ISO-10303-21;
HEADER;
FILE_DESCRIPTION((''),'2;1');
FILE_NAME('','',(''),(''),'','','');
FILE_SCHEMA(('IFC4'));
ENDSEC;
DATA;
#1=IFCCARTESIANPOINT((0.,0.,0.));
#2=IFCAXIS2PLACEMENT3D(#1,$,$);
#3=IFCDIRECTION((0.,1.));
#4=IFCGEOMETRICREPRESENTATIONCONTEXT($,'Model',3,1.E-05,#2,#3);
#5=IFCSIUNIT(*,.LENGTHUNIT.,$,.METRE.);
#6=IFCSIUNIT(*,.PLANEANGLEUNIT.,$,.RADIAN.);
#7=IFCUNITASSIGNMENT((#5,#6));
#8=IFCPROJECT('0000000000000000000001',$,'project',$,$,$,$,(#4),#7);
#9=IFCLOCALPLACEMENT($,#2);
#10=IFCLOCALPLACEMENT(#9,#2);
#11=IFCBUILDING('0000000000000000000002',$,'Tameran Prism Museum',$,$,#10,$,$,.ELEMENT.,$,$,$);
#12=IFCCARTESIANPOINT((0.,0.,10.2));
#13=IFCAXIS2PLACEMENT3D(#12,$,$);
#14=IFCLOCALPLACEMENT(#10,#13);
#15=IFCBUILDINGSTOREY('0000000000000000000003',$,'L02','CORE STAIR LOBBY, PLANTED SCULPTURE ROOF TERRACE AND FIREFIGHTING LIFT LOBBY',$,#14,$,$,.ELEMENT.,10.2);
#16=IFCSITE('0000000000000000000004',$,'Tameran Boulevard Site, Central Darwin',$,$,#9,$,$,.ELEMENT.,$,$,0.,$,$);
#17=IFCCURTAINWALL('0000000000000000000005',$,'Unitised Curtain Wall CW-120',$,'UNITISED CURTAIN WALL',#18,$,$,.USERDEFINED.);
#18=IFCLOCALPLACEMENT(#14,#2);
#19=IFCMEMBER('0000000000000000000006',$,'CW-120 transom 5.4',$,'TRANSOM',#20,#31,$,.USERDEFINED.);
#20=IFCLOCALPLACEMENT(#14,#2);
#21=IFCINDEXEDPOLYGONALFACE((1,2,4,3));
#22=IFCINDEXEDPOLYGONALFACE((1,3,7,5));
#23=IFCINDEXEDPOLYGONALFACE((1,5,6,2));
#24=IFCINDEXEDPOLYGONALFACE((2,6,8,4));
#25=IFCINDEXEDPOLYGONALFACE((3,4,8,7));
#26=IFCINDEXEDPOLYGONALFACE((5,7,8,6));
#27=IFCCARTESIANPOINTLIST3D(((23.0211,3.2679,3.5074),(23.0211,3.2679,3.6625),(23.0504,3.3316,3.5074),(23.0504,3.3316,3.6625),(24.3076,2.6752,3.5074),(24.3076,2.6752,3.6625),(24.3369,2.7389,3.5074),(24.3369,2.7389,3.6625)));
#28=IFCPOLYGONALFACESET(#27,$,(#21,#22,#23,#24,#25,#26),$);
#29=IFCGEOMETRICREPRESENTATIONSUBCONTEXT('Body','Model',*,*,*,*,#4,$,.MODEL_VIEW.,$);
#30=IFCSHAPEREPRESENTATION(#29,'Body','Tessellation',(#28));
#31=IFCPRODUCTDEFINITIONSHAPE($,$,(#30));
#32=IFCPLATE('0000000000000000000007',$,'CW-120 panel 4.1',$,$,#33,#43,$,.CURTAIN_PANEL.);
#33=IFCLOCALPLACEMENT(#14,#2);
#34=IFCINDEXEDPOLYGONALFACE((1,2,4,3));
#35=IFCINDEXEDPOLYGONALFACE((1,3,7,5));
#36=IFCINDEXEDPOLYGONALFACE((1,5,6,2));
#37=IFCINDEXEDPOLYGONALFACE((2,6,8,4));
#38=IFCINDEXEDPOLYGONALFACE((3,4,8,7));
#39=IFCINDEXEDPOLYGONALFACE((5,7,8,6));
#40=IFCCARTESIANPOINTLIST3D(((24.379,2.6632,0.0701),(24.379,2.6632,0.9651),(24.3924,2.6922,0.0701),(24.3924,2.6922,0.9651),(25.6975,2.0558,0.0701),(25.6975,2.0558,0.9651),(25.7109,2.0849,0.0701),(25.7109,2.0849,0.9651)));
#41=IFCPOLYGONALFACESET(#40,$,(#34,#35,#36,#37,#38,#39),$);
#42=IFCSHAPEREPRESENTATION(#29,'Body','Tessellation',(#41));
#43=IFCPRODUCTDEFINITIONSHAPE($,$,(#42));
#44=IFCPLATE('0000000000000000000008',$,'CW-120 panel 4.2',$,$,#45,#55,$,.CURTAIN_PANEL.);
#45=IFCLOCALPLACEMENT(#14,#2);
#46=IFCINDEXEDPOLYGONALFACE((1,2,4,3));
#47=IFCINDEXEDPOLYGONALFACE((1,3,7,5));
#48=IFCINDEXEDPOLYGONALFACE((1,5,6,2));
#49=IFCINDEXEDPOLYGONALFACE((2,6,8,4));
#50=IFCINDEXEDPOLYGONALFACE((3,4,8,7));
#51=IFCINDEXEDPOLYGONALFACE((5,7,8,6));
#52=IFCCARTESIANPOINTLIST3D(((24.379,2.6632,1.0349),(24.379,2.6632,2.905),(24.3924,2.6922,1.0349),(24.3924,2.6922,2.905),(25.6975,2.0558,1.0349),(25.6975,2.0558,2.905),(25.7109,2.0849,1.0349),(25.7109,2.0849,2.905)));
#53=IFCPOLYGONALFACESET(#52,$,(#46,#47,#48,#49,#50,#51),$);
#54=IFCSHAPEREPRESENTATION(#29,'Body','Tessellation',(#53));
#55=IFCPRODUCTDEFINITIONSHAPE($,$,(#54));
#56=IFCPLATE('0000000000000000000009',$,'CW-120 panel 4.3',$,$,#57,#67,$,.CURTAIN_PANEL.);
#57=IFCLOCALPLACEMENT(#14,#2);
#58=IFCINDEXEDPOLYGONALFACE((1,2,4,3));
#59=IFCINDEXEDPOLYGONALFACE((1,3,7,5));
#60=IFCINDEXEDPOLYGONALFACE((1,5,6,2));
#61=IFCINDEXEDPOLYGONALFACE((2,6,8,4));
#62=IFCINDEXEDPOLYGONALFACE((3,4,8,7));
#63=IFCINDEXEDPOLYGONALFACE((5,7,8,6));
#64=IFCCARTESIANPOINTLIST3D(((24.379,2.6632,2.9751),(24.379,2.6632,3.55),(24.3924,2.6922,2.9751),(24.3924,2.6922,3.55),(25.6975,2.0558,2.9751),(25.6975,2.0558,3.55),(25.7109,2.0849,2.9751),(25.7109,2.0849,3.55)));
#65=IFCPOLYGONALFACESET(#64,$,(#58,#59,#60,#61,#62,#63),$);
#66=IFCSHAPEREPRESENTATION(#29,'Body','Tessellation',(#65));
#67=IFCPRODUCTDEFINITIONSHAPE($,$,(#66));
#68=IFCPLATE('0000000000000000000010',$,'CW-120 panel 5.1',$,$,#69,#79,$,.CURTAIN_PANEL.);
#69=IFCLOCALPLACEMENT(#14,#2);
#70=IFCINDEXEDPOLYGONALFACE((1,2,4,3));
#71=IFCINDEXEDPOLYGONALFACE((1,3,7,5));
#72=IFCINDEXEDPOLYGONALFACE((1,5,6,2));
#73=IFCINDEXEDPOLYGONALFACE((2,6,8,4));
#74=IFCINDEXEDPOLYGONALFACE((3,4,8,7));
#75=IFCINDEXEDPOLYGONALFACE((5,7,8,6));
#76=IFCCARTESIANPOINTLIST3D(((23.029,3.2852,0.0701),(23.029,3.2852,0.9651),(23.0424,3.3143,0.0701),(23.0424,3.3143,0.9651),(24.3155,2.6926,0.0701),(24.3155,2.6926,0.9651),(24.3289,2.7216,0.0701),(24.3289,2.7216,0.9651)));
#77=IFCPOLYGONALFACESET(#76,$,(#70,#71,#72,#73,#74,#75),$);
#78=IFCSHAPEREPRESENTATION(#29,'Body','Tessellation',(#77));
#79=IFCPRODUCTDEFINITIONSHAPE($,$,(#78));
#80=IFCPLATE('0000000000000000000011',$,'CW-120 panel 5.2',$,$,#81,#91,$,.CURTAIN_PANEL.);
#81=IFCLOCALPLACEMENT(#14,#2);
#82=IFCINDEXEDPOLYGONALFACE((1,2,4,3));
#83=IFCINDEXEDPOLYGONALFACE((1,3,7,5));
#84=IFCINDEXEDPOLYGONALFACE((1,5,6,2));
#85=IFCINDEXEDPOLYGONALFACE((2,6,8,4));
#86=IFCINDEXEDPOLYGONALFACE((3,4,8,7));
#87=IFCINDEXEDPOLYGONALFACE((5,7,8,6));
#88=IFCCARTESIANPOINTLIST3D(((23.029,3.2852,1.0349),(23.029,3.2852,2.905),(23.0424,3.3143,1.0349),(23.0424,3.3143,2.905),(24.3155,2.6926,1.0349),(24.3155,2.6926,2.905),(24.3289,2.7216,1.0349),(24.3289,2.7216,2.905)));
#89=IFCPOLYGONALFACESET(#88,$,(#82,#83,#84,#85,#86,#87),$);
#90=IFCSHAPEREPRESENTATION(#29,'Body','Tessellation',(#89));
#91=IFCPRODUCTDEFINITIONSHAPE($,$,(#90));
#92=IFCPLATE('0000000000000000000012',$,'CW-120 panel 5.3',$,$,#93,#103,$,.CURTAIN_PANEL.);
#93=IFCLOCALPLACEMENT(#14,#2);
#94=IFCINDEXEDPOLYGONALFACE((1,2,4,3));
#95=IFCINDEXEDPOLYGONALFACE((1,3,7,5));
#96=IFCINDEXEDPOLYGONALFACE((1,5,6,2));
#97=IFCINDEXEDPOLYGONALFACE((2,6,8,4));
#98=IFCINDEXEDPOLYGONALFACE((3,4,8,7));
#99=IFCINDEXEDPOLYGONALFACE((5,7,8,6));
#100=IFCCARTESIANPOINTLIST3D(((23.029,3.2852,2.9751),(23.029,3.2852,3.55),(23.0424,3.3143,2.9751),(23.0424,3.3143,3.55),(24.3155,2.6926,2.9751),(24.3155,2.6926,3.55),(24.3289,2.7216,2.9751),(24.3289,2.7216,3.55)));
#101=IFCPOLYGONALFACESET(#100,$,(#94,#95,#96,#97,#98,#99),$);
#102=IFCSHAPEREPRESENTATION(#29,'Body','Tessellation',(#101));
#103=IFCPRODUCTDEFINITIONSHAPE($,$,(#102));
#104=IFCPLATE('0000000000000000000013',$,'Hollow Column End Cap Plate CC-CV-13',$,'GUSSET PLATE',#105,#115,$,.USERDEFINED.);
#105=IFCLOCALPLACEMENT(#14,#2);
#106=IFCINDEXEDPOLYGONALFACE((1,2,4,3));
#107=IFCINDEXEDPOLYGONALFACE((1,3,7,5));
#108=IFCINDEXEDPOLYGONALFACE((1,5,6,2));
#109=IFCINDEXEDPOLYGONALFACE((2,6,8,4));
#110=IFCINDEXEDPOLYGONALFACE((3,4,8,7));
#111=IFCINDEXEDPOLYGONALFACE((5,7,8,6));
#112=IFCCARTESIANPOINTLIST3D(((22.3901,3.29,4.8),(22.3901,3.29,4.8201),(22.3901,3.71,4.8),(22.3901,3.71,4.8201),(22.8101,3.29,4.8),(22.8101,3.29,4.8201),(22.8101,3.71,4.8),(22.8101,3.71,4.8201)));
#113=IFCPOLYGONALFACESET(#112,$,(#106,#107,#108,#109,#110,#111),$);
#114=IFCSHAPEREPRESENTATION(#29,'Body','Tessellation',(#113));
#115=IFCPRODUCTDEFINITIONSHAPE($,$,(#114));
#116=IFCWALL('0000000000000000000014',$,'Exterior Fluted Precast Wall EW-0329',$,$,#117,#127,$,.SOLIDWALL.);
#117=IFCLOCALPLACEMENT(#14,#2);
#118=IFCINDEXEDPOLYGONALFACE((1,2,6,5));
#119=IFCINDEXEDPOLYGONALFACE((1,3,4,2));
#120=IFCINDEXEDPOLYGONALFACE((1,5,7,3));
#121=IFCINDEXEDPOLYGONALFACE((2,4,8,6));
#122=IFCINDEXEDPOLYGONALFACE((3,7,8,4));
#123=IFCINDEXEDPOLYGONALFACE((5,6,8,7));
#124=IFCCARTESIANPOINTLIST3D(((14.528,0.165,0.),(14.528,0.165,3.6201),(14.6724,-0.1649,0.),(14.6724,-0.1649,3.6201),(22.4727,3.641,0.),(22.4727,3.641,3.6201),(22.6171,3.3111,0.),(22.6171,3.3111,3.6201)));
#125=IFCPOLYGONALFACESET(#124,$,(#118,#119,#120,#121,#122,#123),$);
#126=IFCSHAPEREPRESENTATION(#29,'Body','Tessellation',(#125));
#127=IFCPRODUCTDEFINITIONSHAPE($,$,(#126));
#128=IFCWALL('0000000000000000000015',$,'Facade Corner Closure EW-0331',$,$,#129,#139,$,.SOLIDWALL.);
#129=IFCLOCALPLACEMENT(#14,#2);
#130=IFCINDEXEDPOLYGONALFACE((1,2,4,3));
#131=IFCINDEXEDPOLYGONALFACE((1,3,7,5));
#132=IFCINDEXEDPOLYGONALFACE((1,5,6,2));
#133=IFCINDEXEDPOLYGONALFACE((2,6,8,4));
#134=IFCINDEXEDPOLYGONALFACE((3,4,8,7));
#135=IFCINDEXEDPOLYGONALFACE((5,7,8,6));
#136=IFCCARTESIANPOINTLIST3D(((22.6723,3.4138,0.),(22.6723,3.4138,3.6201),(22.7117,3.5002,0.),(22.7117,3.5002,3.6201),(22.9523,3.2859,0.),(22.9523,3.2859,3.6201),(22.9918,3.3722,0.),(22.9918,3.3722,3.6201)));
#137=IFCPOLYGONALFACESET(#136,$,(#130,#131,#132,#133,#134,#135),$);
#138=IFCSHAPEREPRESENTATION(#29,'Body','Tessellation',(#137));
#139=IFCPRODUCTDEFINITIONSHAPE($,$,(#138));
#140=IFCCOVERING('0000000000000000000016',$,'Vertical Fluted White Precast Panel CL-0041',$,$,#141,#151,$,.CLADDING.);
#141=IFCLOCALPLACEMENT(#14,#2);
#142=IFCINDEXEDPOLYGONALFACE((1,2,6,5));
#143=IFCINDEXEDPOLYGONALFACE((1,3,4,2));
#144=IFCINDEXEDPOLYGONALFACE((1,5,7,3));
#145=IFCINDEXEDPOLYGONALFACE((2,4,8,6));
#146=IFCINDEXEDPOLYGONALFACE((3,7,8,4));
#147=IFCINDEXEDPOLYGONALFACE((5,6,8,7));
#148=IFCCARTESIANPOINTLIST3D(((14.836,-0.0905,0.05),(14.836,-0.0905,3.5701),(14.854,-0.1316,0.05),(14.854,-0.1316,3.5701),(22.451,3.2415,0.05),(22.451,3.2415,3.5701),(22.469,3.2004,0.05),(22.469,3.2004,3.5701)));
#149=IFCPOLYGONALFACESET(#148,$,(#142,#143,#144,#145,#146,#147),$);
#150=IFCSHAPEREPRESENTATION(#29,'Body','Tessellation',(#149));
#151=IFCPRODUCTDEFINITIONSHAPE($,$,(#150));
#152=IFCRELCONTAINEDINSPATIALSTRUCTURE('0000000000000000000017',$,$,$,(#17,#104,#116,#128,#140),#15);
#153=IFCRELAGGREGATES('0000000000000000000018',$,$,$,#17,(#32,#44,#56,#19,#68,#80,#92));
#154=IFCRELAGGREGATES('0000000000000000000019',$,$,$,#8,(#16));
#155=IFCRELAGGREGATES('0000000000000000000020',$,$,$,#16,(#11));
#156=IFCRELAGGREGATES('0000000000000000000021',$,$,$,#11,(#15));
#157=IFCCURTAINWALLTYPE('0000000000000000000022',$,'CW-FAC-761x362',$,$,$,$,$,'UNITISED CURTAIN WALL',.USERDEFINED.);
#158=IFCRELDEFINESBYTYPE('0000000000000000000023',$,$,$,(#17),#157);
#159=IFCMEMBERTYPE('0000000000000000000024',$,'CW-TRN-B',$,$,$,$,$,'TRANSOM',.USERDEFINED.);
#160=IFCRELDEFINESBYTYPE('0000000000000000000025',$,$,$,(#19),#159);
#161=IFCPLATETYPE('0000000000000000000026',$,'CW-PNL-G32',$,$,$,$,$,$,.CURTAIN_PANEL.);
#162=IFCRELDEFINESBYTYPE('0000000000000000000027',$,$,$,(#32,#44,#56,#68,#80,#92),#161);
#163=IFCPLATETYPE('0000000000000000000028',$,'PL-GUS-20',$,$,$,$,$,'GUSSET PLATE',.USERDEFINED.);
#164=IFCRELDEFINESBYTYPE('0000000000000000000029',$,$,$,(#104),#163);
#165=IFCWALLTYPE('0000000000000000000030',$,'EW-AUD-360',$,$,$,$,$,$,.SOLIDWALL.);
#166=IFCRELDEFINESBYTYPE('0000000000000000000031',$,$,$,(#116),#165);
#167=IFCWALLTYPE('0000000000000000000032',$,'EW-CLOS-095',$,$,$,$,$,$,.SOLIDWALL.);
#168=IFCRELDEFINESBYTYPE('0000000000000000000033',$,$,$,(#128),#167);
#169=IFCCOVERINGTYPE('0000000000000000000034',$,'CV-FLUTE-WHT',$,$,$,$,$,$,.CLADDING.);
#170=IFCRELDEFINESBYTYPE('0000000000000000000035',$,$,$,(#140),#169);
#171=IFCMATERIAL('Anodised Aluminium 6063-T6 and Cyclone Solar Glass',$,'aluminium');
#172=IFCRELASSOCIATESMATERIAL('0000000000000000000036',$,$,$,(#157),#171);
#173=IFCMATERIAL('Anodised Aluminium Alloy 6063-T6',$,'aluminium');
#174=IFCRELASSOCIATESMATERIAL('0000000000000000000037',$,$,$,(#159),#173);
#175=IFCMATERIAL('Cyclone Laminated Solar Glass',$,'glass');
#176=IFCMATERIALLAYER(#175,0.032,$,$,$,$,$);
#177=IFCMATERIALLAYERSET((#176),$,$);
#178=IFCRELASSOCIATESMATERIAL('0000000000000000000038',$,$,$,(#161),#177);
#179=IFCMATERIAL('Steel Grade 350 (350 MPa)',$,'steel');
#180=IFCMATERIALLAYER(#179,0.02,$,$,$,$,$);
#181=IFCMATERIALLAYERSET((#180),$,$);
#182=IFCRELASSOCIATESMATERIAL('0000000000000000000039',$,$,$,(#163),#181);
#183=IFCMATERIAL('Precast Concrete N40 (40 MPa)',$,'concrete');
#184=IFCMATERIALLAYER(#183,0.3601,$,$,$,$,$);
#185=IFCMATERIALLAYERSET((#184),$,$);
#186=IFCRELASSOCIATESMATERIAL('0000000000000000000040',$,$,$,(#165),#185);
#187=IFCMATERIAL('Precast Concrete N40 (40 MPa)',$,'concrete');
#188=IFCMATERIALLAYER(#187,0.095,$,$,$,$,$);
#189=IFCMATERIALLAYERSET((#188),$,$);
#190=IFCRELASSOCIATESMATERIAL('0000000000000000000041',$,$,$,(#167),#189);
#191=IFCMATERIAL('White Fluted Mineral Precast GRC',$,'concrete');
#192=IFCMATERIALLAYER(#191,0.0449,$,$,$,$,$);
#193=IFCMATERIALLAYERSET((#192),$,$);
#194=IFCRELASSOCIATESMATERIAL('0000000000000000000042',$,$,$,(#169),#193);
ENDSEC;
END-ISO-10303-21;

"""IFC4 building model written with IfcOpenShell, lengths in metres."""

from ifc_helpers import new_model, si_unit, direction, frame, frame_2d, origin, origin_2d, place, context, subcontext, project, spatial, rectangle, extrude, material, layer, layer_set, material_profile, profile_set, type_object, element, aggregate, save


model = new_model("IFC4")

# Units and contexts
model_context = context("Model", 3, precision=1e-05, world=origin(), true_north=direction((0.0, 1.0)))
body_context = subcontext(model_context, "Body", "Model", "MODEL_VIEW")
ifc_project = project(units=[si_unit("LENGTHUNIT", "METRE"), si_unit("PLANEANGLEUNIT", "RADIAN")], contexts=[model_context])

# Site, building, storey
site_placement = place(None, origin())
site = spatial("IfcSite", under=ifc_project, at=site_placement, Name="Tameran Boulevard Site, Central Darwin", CompositionType="ELEMENT", RefElevation=0.0)
building_placement = place(site_placement, origin())
building = spatial("IfcBuilding", under=site, at=building_placement, Name="Tameran Prism Museum", CompositionType="ELEMENT")
storey_placement = place(building_placement, frame((0.0, 0.0, 10.2)))
storey = spatial("IfcBuildingStorey", under=building, at=storey_placement, Name="L02", Description="CORE STAIR LOBBY, PLANTED SCULPTURE ROOF TERRACE AND FIREFIGHTING LIFT LOBBY", CompositionType="ELEMENT", Elevation=10.2)

# Curtain wall, member, plates
ifc_material_1 = material(Name="Anodised Aluminium 6063-T6 and Cyclone Solar Glass", Category="aluminium")
curtain_wall_type = type_object("IfcCurtainWallType", Name="CW-FAC-761x362", ElementType="UNITISED CURTAIN WALL", PredefinedType="USERDEFINED", material=ifc_material_1)
curtain_wall_placement = place(storey_placement, origin())
curtain_wall = element("IfcCurtainWall", 1, at=curtain_wall_placement, inside=storey, type_object=curtain_wall_type, Name="Unitised Curtain Wall CW-120", ObjectType="UNITISED CURTAIN WALL", PredefinedType="USERDEFINED")
ifc_material_2 = material(Name="Anodised Aluminium Alloy 6063-T6", Category="aluminium")
ifc_material_profile_1 = material_profile(ifc_material_2, rectangle(XDim=0.0701, YDim=0.155, at=origin_2d()))
ifc_profile_set_1 = profile_set([ifc_material_profile_1])
member_type_1 = type_object("IfcMemberType", Name="CW-TRN-B", ElementType="TRANSOM", PredefinedType="USERDEFINED", material=ifc_profile_set_1)
member_1_placement = place(storey_placement, frame((24.3223, 2.707, 3.585), z_axis=(-0.908242, 0.418446, 0.0), x_axis=(-0.418446, -0.908242, 0.0)))
member_1 = element("IfcMember", 2, at=member_1_placement, type_object=member_type_1, Name="CW-120 transom 5.4", ObjectType="TRANSOM", PredefinedType="USERDEFINED", context=body_context, shape_type="SweptSolid", body=[
    extrude(rectangle(XDim=0.0701, YDim=0.155, at=origin_2d()), origin(), (0.0, 0.0, 1.0), 1.4165),
])
ifc_material_3 = material(Name="Cyclone Laminated Solar Glass", Category="glass")
ifc_layer_1 = layer(ifc_material_3, 0.032)
ifc_layer_set_1 = layer_set([ifc_layer_1])
plate_type_1 = type_object("IfcPlateType", Name="CW-PNL-G32", PredefinedType="CURTAIN_PANEL", material=ifc_layer_set_1)
plate_1_placement = place(storey_placement, frame((25.0449, 2.374, 0.0701), z_axis=(0.0, 0.0, 1.0), x_axis=(-0.908271, 0.418383, 0.0)))
plate_1 = element("IfcPlate", 3, at=plate_1_placement, type_object=plate_type_1, Name="CW-120 panel 4.1", PredefinedType="CURTAIN_PANEL", context=body_context, shape_type="SweptSolid", body=[
    extrude(rectangle(XDim=1.4517, YDim=0.032, at=origin_2d()), origin(), (0.0, 0.0, 1.0), 0.895),
])
plate_2_placement = place(storey_placement, frame((25.0449, 2.374, 1.0349), z_axis=(0.0, 0.0, 1.0), x_axis=(-0.908271, 0.418383, 0.0)))
plate_2 = element("IfcPlate", 4, at=plate_2_placement, type_object=plate_type_1, Name="CW-120 panel 4.2", PredefinedType="CURTAIN_PANEL", context=body_context, shape_type="SweptSolid", body=[
    extrude(rectangle(XDim=1.4517, YDim=0.032, at=origin_2d()), origin(), (0.0, 0.0, 1.0), 1.8701),
])
plate_3_placement = place(storey_placement, frame((25.0449, 2.374, 2.9751), z_axis=(0.0, 0.0, 1.0), x_axis=(-0.908271, 0.418383, 0.0)))
plate_3 = element("IfcPlate", 5, at=plate_3_placement, type_object=plate_type_1, Name="CW-120 panel 4.3", PredefinedType="CURTAIN_PANEL", context=body_context, shape_type="SweptSolid", body=[
    extrude(rectangle(XDim=1.4517, YDim=0.032, at=origin_2d()), origin(), (0.0, 0.0, 1.0), 0.575),
])
plate_4_placement = place(storey_placement, frame((23.679, 3.0034, 0.0701), z_axis=(0.0, 0.0, 1.0), x_axis=(-0.908271, 0.418383, 0.0)))
plate_4 = element("IfcPlate", 6, at=plate_4_placement, type_object=plate_type_1, Name="CW-120 panel 5.1", PredefinedType="CURTAIN_PANEL", context=body_context, shape_type="SweptSolid", body=[
    extrude(rectangle(XDim=1.4165, YDim=0.032, at=origin_2d()), origin(), (0.0, 0.0, 1.0), 0.895),
])
plate_5_placement = place(storey_placement, frame((23.679, 3.0034, 1.0349), z_axis=(0.0, 0.0, 1.0), x_axis=(-0.908271, 0.418383, 0.0)))
plate_5 = element("IfcPlate", 7, at=plate_5_placement, type_object=plate_type_1, Name="CW-120 panel 5.2", PredefinedType="CURTAIN_PANEL", context=body_context, shape_type="SweptSolid", body=[
    extrude(rectangle(XDim=1.4165, YDim=0.032, at=origin_2d()), origin(), (0.0, 0.0, 1.0), 1.8701),
])
plate_6_placement = place(storey_placement, frame((23.679, 3.0034, 2.9751), z_axis=(0.0, 0.0, 1.0), x_axis=(-0.908271, 0.418383, 0.0)))
plate_6 = element("IfcPlate", 8, at=plate_6_placement, type_object=plate_type_1, Name="CW-120 panel 5.3", PredefinedType="CURTAIN_PANEL", context=body_context, shape_type="SweptSolid", body=[
    extrude(rectangle(XDim=1.4165, YDim=0.032, at=origin_2d()), origin(), (0.0, 0.0, 1.0), 0.575),
])
aggregate(curtain_wall, [plate_1, plate_2, plate_3, member_1, plate_4, plate_5, plate_6])

# Plate
ifc_material_4 = material(Name="Steel Grade 350 (350 MPa)", Category="steel")
ifc_layer_2 = layer(ifc_material_4, 0.02)
ifc_layer_set_2 = layer_set([ifc_layer_2])
plate_type_2 = type_object("IfcPlateType", Name="PL-GUS-20", ElementType="GUSSET PLATE", PredefinedType="USERDEFINED", material=ifc_layer_set_2)
plate_7_placement = place(storey_placement, frame((22.6001, 3.5, 4.8), z_axis=(0.0, 0.0, 1.0), x_axis=(1.0, 0.0, 0.0)))
element("IfcPlate", 9, at=plate_7_placement, inside=storey, type_object=plate_type_2, Name="Hollow Column End Cap Plate CC-CV-13", ObjectType="GUSSET PLATE", PredefinedType="USERDEFINED", context=body_context, shape_type="SweptSolid", body=[
    extrude(rectangle(XDim=0.4199, YDim=0.4199, at=origin_2d()), origin(), (0.0, 0.0, 1.0), 0.02),
])

# Walls
ifc_material_5 = material(Name="Precast Concrete N40 (40 MPa)", Category="concrete")
ifc_layer_3 = layer(ifc_material_5, 0.3601)
ifc_layer_set_3 = layer_set([ifc_layer_3])
wall_type_1 = type_object("IfcWallType", Name="EW-AUD-360", PredefinedType="SOLIDWALL", material=ifc_layer_set_3)
wall_1_placement = place(storey_placement, frame((22.5449, 3.4761, 0.0), z_axis=(0.0, 0.0, 1.0), x_axis=(-0.916148, -0.40084, 0.0)))
element("IfcWall", 10, at=wall_1_placement, inside=storey, type_object=wall_type_1, Name="Exterior Fluted Precast Wall EW-0329", PredefinedType="SOLIDWALL", context=body_context, shape_type="SweptSolid", body=[
    extrude(rectangle(XDim=8.6719, YDim=0.3601, at=frame_2d((4.3359, 0.0))), origin(), (0.0, 0.0, 1.0), 3.6201),
])
ifc_material_6 = material(Name="Precast Concrete N40 (40 MPa)", Category="concrete")
ifc_layer_4 = layer(ifc_material_6, 0.095)
ifc_layer_set_4 = layer_set([ifc_layer_4])
wall_type_2 = type_object("IfcWallType", Name="EW-CLOS-095", PredefinedType="SOLIDWALL", material=ifc_layer_set_4)
wall_2_placement = place(storey_placement, frame((22.9719, 3.3291, 0.0), z_axis=(0.0, 0.0, 1.0), x_axis=(-0.909577, 0.415535, 0.0)))
element("IfcWall", 11, at=wall_2_placement, inside=storey, type_object=wall_type_2, Name="Facade Corner Closure EW-0331", PredefinedType="SOLIDWALL", context=body_context, shape_type="SweptSolid", body=[
    extrude(rectangle(XDim=0.3079, YDim=0.095, at=frame_2d((0.1538, 0.0))), origin(), (0.0, 0.0, 1.0), 3.6201),
])

# Covering
ifc_material_7 = material(Name="White Fluted Mineral Precast GRC", Category="concrete")
ifc_layer_5 = layer(ifc_material_7, 0.0449)
ifc_layer_set_5 = layer_set([ifc_layer_5])
covering_type = type_object("IfcCoveringType", Name="CV-FLUTE-WHT", PredefinedType="CLADDING", material=ifc_layer_set_5)
covering_placement = place(storey_placement, frame((22.46, 3.2209, 0.05), z_axis=(0.0, 0.0, 1.0), x_axis=(-0.916136, -0.400867, 0.0)))
element("IfcCovering", 12, at=covering_placement, inside=storey, type_object=covering_type, Name="Vertical Fluted White Precast Panel CL-0041", PredefinedType="CLADDING", context=body_context, shape_type="SweptSolid", body=[
    extrude(rectangle(XDim=8.312, YDim=0.0449, at=frame_2d((4.156, 0.0))), origin(), (0.0, 0.0, 1.0), 3.52),
])

save(model, "model.ifc")
